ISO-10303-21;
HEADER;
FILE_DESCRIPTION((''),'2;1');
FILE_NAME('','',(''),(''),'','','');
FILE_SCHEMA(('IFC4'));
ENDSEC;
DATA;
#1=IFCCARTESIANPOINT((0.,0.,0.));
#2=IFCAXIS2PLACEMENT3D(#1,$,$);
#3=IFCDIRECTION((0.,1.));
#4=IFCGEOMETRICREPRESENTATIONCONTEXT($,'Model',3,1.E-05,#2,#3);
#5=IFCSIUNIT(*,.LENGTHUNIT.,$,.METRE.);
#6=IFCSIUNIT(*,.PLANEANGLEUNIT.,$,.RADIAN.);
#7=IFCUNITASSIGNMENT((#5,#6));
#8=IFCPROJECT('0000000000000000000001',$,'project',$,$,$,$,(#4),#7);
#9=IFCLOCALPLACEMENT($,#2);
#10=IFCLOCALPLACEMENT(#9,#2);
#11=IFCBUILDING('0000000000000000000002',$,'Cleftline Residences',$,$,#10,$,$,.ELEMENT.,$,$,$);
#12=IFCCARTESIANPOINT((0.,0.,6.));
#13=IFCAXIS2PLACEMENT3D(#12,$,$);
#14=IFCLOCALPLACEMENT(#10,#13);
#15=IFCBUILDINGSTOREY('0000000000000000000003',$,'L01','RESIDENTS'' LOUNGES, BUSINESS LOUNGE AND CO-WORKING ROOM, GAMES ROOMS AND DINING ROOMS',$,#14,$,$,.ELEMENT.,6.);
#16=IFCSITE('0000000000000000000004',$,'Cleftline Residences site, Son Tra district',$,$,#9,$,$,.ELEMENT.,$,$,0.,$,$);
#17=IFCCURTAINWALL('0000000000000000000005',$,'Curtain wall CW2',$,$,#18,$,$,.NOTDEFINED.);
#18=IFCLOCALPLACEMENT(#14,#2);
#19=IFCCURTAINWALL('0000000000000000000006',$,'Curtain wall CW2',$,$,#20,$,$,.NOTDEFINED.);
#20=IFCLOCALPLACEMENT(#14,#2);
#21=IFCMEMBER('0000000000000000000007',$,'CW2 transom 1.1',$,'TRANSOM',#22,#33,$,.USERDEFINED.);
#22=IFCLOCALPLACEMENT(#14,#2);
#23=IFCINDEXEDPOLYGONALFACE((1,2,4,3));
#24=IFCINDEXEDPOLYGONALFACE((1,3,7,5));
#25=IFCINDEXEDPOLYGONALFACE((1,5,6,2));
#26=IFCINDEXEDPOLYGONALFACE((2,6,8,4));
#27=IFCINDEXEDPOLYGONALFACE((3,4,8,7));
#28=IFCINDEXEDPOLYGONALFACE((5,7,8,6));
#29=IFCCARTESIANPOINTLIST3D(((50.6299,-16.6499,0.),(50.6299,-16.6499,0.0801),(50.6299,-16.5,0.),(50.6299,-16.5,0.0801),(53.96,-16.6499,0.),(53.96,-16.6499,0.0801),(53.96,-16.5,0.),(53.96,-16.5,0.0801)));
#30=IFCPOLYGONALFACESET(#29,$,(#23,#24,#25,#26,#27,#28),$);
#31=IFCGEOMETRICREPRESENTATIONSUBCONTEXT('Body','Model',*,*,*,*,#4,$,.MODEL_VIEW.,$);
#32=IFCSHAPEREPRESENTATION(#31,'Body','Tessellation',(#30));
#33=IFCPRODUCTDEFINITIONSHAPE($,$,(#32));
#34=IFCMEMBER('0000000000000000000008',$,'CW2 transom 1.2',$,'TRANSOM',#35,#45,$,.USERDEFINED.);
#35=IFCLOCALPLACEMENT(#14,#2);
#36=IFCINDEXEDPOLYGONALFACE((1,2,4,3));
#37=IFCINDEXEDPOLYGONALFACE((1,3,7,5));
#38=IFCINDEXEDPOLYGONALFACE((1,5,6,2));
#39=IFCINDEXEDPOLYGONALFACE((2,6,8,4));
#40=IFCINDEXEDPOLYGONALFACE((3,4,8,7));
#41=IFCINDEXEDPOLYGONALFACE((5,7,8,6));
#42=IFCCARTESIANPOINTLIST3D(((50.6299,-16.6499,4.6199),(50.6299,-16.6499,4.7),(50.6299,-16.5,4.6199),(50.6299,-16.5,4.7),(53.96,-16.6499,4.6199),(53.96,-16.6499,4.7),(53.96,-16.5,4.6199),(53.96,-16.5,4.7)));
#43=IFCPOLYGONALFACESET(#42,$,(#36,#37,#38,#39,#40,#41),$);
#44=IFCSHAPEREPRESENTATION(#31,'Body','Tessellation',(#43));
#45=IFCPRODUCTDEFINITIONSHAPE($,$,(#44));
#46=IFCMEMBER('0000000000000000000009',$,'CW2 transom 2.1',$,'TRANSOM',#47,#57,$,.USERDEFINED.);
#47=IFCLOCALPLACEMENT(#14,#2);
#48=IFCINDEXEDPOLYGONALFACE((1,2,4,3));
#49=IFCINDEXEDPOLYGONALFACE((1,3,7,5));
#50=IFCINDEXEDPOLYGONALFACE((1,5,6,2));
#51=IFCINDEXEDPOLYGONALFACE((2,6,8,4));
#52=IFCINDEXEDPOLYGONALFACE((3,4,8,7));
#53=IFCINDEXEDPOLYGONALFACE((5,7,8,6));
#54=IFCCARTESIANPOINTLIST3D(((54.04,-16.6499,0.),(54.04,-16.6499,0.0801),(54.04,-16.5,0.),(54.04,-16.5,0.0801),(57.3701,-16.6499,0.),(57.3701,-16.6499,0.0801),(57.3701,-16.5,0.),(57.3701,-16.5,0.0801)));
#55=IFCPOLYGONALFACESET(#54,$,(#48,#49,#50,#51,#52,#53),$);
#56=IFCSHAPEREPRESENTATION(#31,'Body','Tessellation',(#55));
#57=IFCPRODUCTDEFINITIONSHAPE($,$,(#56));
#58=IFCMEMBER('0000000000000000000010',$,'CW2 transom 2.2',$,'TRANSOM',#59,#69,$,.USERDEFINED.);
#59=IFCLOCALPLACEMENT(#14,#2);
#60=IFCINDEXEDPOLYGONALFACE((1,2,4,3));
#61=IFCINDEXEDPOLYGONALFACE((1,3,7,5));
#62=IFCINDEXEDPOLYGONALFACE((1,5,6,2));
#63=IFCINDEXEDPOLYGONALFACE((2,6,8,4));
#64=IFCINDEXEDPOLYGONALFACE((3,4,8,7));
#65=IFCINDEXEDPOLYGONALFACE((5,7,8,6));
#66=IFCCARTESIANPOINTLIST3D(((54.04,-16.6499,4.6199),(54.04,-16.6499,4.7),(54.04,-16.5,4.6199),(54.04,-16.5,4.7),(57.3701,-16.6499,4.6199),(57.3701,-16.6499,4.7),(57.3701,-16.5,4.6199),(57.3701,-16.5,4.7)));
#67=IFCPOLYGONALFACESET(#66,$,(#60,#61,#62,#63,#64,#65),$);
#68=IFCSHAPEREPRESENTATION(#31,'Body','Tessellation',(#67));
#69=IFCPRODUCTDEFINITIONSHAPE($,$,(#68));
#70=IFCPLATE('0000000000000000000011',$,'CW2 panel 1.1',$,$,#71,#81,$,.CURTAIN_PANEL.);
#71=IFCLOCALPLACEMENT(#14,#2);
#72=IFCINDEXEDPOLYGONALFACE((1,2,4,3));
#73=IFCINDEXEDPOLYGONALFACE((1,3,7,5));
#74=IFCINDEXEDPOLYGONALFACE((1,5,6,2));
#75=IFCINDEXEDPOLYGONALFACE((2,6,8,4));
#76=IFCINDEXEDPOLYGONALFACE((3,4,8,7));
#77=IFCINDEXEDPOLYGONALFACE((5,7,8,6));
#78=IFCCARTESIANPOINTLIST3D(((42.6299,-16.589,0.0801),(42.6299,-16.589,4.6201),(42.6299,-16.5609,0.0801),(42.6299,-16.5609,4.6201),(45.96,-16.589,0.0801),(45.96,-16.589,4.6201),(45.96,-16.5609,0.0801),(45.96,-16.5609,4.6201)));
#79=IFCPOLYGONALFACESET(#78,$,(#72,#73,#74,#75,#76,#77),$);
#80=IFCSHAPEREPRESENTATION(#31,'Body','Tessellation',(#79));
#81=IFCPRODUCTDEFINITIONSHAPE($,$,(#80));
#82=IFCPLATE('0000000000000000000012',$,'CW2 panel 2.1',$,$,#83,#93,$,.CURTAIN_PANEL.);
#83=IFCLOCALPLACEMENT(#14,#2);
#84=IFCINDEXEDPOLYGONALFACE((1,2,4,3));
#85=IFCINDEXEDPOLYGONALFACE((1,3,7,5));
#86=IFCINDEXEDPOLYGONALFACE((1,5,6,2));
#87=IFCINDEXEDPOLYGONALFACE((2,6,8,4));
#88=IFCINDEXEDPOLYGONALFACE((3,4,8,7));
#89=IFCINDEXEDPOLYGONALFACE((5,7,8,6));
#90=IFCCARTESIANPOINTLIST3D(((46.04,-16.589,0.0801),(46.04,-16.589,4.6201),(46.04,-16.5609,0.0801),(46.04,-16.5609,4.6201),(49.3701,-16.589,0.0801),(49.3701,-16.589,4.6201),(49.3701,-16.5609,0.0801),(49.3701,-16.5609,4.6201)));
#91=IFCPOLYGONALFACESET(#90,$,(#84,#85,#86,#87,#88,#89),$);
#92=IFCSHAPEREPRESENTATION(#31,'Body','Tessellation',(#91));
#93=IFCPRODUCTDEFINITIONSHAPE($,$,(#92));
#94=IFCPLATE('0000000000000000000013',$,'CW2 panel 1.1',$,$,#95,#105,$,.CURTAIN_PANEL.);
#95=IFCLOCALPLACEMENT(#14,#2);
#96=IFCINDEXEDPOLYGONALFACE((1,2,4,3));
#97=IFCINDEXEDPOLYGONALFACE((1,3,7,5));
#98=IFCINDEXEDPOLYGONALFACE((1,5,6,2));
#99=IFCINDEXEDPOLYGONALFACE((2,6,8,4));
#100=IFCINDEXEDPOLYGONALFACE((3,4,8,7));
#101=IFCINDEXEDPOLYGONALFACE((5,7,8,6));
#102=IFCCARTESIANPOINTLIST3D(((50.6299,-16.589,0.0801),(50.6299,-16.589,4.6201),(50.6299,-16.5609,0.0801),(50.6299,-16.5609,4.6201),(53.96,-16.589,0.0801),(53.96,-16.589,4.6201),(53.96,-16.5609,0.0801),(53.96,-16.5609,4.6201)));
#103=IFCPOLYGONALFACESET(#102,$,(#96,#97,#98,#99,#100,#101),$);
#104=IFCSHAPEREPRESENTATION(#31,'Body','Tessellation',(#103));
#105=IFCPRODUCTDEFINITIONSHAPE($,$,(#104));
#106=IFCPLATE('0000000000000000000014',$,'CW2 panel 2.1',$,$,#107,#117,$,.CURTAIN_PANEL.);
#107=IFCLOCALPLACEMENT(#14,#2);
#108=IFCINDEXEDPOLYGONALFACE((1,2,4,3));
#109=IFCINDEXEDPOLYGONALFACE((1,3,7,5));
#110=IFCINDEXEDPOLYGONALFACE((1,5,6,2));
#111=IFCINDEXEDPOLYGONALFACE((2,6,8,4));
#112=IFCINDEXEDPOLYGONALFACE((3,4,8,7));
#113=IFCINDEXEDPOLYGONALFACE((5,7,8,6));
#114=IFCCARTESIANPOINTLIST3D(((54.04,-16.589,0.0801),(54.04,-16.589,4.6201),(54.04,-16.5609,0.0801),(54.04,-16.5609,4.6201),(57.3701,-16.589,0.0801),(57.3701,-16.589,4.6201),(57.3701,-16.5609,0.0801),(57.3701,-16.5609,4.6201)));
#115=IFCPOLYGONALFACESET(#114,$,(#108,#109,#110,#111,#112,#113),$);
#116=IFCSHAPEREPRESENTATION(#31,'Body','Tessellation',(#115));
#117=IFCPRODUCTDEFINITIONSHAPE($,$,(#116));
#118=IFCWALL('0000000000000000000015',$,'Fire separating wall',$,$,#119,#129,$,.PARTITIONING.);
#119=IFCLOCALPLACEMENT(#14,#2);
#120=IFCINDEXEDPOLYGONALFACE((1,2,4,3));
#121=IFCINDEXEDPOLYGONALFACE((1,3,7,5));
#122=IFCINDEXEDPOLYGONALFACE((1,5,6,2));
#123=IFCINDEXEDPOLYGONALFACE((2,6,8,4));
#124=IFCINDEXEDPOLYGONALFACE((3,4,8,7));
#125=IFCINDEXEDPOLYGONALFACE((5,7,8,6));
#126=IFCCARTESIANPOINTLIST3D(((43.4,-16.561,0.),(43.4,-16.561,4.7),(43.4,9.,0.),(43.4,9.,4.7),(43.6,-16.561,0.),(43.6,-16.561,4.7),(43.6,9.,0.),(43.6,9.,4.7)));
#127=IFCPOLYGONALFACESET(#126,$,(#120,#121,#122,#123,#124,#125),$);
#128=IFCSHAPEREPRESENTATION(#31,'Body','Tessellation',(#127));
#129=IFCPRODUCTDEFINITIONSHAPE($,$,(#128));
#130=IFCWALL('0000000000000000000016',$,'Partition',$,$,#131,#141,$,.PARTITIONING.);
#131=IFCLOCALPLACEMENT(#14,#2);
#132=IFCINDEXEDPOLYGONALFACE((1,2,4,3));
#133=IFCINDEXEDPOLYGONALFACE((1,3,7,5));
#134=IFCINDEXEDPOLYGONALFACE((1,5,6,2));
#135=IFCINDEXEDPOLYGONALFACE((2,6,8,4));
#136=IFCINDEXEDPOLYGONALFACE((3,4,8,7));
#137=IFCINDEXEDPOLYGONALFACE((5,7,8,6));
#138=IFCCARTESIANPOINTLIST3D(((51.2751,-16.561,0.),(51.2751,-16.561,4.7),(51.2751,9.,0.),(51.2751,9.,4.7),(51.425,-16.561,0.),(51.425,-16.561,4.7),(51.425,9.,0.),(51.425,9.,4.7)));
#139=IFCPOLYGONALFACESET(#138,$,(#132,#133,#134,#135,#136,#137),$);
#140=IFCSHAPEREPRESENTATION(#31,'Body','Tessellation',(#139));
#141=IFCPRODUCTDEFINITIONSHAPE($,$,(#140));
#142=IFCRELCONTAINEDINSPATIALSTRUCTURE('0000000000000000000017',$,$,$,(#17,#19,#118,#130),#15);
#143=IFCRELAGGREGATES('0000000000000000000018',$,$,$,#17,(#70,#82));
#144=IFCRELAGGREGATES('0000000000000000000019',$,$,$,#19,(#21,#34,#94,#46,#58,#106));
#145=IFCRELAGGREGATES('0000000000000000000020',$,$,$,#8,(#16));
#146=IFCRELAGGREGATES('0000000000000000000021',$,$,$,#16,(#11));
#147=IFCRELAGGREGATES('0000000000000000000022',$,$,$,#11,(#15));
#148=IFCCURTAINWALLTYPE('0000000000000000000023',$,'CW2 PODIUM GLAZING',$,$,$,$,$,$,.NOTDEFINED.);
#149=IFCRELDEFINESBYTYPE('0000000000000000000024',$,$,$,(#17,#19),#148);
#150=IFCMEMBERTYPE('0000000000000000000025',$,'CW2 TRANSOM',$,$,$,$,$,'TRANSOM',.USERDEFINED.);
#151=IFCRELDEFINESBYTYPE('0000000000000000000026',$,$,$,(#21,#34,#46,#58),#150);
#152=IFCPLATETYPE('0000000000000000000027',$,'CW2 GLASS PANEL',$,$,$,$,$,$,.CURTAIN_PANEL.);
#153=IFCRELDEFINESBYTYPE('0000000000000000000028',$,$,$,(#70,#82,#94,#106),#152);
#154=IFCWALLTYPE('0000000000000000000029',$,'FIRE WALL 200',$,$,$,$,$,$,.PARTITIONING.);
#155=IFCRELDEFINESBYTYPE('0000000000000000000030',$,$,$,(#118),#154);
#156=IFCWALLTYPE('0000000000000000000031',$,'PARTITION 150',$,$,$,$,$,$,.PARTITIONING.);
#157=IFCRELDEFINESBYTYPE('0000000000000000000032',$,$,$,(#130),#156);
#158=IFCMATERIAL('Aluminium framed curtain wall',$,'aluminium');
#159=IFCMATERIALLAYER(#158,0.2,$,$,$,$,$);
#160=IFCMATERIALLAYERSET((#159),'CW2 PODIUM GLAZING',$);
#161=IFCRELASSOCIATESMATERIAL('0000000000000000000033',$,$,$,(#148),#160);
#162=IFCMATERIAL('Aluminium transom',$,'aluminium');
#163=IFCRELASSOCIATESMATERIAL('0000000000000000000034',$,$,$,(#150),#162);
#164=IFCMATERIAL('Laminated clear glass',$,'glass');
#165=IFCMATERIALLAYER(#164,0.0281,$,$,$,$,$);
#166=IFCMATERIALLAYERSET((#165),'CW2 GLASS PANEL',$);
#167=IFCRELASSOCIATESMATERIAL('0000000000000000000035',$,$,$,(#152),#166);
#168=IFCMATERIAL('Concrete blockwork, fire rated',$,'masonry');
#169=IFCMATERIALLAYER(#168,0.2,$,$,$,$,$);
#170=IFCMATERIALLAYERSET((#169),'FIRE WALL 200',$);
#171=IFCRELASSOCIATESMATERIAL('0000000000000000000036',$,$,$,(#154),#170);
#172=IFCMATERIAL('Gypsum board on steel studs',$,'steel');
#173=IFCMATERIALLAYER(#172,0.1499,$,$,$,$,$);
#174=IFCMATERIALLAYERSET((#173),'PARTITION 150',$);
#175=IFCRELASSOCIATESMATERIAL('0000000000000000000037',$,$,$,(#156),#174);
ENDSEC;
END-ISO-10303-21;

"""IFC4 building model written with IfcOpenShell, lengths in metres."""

from ifc_helpers import new_model, si_unit, direction, frame, frame_2d, origin, origin_2d, place, context, subcontext, project, spatial, rectangle, extrude, material, layer, layer_set, material_profile, profile_set, type_object, element, aggregate, save


model = new_model("IFC4")

# Units and contexts
model_context = context("Model", 3, precision=1e-05, world=origin(), true_north=direction((0.0, 1.0)))
body_context = subcontext(model_context, "Body", "Model", "MODEL_VIEW")
ifc_project = project(units=[si_unit("LENGTHUNIT", "METRE"), si_unit("PLANEANGLEUNIT", "RADIAN")], contexts=[model_context])

# Site, building, storey
site_placement = place(None, origin())
site = spatial("IfcSite", under=ifc_project, at=site_placement, Name="Cleftline Residences site, Son Tra district", CompositionType="ELEMENT", RefElevation=0.0)
building_placement = place(site_placement, origin())
building = spatial("IfcBuilding", under=site, at=building_placement, Name="Cleftline Residences", CompositionType="ELEMENT")
storey_placement = place(building_placement, frame((0.0, 0.0, 6.0)))
storey = spatial("IfcBuildingStorey", under=building, at=storey_placement, Name="L01", Description="RESIDENTS' LOUNGES, BUSINESS LOUNGE AND CO-WORKING ROOM, GAMES ROOMS AND DINING ROOMS", CompositionType="ELEMENT", Elevation=6.0)

# Curtain walls
ifc_material_1 = material(Name="Aluminium framed curtain wall", Category="aluminium")
ifc_layer_1 = layer(ifc_material_1, 0.2)
ifc_layer_set_1 = layer_set([ifc_layer_1], Name="CW2 PODIUM GLAZING")
curtain_wall_type = type_object("IfcCurtainWallType", Name="CW2 PODIUM GLAZING", PredefinedType="NOTDEFINED", material=ifc_layer_set_1)
curtain_wall_1_placement = place(storey_placement, origin())
curtain_wall_1 = element("IfcCurtainWall", 1, at=curtain_wall_1_placement, inside=storey, type_object=curtain_wall_type, Name="Curtain wall CW2", PredefinedType="NOTDEFINED")
curtain_wall_2_placement = place(storey_placement, origin())
curtain_wall_2 = element("IfcCurtainWall", 2, at=curtain_wall_2_placement, inside=storey, type_object=curtain_wall_type, Name="Curtain wall CW2", PredefinedType="NOTDEFINED")

# Members
ifc_material_2 = material(Name="Aluminium transom", Category="aluminium")
ifc_material_profile_1 = material_profile(ifc_material_2, rectangle(XDim=0.1499, YDim=0.0801, at=origin_2d()))
ifc_profile_set_1 = profile_set([ifc_material_profile_1], Name="Aluminium transom")
member_type_1 = type_object("IfcMemberType", Name="CW2 TRANSOM", ElementType="TRANSOM", PredefinedType="USERDEFINED", material=ifc_profile_set_1)
member_1_placement = place(storey_placement, frame((50.6299, -16.575, 0.04), z_axis=(1.0, 0.0, 0.0), x_axis=(0.0, 1.0, 0.0)))
member_1 = element("IfcMember", 3, at=member_1_placement, type_object=member_type_1, Name="CW2 transom 1.1", ObjectType="TRANSOM", PredefinedType="USERDEFINED", context=body_context, shape_type="SweptSolid", body=[
    extrude(rectangle(XDim=0.1499, YDim=0.0801, at=origin_2d()), origin(), (0.0, 0.0, 1.0), 3.3301),
])
member_2_placement = place(storey_placement, frame((50.6299, -16.575, 4.6599), z_axis=(1.0, 0.0, 0.0), x_axis=(0.0, 1.0, 0.0)))
member_2 = element("IfcMember", 4, at=member_2_placement, type_object=member_type_1, Name="CW2 transom 1.2", ObjectType="TRANSOM", PredefinedType="USERDEFINED", context=body_context, shape_type="SweptSolid", body=[
    extrude(rectangle(XDim=0.1499, YDim=0.0801, at=origin_2d()), origin(), (0.0, 0.0, 1.0), 3.3301),
])
member_3_placement = place(storey_placement, frame((54.04, -16.575, 0.04), z_axis=(1.0, 0.0, 0.0), x_axis=(0.0, 1.0, 0.0)))
member_3 = element("IfcMember", 5, at=member_3_placement, type_object=member_type_1, Name="CW2 transom 2.1", ObjectType="TRANSOM", PredefinedType="USERDEFINED", context=body_context, shape_type="SweptSolid", body=[
    extrude(rectangle(XDim=0.1499, YDim=0.0801, at=origin_2d()), origin(), (0.0, 0.0, 1.0), 3.3301),
])
member_4_placement = place(storey_placement, frame((54.04, -16.575, 4.6599), z_axis=(1.0, 0.0, 0.0), x_axis=(0.0, 1.0, 0.0)))
member_4 = element("IfcMember", 6, at=member_4_placement, type_object=member_type_1, Name="CW2 transom 2.2", ObjectType="TRANSOM", PredefinedType="USERDEFINED", context=body_context, shape_type="SweptSolid", body=[
    extrude(rectangle(XDim=0.1499, YDim=0.0801, at=origin_2d()), origin(), (0.0, 0.0, 1.0), 3.3301),
])

# Plates
ifc_material_3 = material(Name="Laminated clear glass", Category="glass")
ifc_layer_2 = layer(ifc_material_3, 0.0281)
ifc_layer_set_2 = layer_set([ifc_layer_2], Name="CW2 GLASS PANEL")
plate_type = type_object("IfcPlateType", Name="CW2 GLASS PANEL", PredefinedType="CURTAIN_PANEL", material=ifc_layer_set_2)
plate_1_placement = place(storey_placement, frame((44.2949, -16.575, 0.0801), z_axis=(0.0, 0.0, 1.0), x_axis=(1.0, 0.0, 0.0)))
plate_1 = element("IfcPlate", 7, at=plate_1_placement, type_object=plate_type, Name="CW2 panel 1.1", PredefinedType="CURTAIN_PANEL", context=body_context, shape_type="SweptSolid", body=[
    extrude(rectangle(XDim=3.3301, YDim=0.0281, at=origin_2d()), origin(), (0.0, 0.0, 1.0), 4.54),
])
plate_2_placement = place(storey_placement, frame((47.7051, -16.575, 0.0801), z_axis=(0.0, 0.0, 1.0), x_axis=(1.0, 0.0, 0.0)))
plate_2 = element("IfcPlate", 8, at=plate_2_placement, type_object=plate_type, Name="CW2 panel 2.1", PredefinedType="CURTAIN_PANEL", context=body_context, shape_type="SweptSolid", body=[
    extrude(rectangle(XDim=3.3301, YDim=0.0281, at=origin_2d()), origin(), (0.0, 0.0, 1.0), 4.54),
])
aggregate(curtain_wall_1, [plate_1, plate_2])
plate_3_placement = place(storey_placement, frame((52.2949, -16.575, 0.0801), z_axis=(0.0, 0.0, 1.0), x_axis=(1.0, 0.0, 0.0)))
plate_3 = element("IfcPlate", 9, at=plate_3_placement, type_object=plate_type, Name="CW2 panel 1.1", PredefinedType="CURTAIN_PANEL", context=body_context, shape_type="SweptSolid", body=[
    extrude(rectangle(XDim=3.3301, YDim=0.0281, at=origin_2d()), origin(), (0.0, 0.0, 1.0), 4.54),
])
plate_4_placement = place(storey_placement, frame((55.7051, -16.575, 0.0801), z_axis=(0.0, 0.0, 1.0), x_axis=(1.0, 0.0, 0.0)))
plate_4 = element("IfcPlate", 10, at=plate_4_placement, type_object=plate_type, Name="CW2 panel 2.1", PredefinedType="CURTAIN_PANEL", context=body_context, shape_type="SweptSolid", body=[
    extrude(rectangle(XDim=3.3301, YDim=0.0281, at=origin_2d()), origin(), (0.0, 0.0, 1.0), 4.54),
])
aggregate(curtain_wall_2, [member_1, member_2, plate_3, member_3, member_4, plate_4])

# Walls
ifc_material_4 = material(Name="Concrete blockwork, fire rated", Category="masonry")
ifc_layer_3 = layer(ifc_material_4, 0.2)
ifc_layer_set_3 = layer_set([ifc_layer_3], Name="FIRE WALL 200")
wall_type_1 = type_object("IfcWallType", Name="FIRE WALL 200", PredefinedType="PARTITIONING", material=ifc_layer_set_3)
wall_1_placement = place(storey_placement, frame((43.5, -16.561, 0.0), z_axis=(0.0, 0.0, 1.0), x_axis=(0.0, 1.0, 0.0)))
element("IfcWall", 11, at=wall_1_placement, inside=storey, type_object=wall_type_1, Name="Fire separating wall", PredefinedType="PARTITIONING", context=body_context, shape_type="SweptSolid", body=[
    extrude(rectangle(XDim=25.561, YDim=0.2, at=frame_2d((12.7805, 0.0))), origin(), (0.0, 0.0, 1.0), 4.7),
])
ifc_material_5 = material(Name="Gypsum board on steel studs", Category="steel")
ifc_layer_4 = layer(ifc_material_5, 0.1499)
ifc_layer_set_4 = layer_set([ifc_layer_4], Name="PARTITION 150")
wall_type_2 = type_object("IfcWallType", Name="PARTITION 150", PredefinedType="PARTITIONING", material=ifc_layer_set_4)
wall_2_placement = place(storey_placement, frame((51.3501, -16.561, 0.0), z_axis=(0.0, 0.0, 1.0), x_axis=(0.0, 1.0, 0.0)))
element("IfcWall", 12, at=wall_2_placement, inside=storey, type_object=wall_type_2, Name="Partition", PredefinedType="PARTITIONING", context=body_context, shape_type="SweptSolid", body=[
    extrude(rectangle(XDim=25.561, YDim=0.1499, at=frame_2d((12.7805, 0.0))), origin(), (0.0, 0.0, 1.0), 4.7),
])

save(model, "model.ifc")
